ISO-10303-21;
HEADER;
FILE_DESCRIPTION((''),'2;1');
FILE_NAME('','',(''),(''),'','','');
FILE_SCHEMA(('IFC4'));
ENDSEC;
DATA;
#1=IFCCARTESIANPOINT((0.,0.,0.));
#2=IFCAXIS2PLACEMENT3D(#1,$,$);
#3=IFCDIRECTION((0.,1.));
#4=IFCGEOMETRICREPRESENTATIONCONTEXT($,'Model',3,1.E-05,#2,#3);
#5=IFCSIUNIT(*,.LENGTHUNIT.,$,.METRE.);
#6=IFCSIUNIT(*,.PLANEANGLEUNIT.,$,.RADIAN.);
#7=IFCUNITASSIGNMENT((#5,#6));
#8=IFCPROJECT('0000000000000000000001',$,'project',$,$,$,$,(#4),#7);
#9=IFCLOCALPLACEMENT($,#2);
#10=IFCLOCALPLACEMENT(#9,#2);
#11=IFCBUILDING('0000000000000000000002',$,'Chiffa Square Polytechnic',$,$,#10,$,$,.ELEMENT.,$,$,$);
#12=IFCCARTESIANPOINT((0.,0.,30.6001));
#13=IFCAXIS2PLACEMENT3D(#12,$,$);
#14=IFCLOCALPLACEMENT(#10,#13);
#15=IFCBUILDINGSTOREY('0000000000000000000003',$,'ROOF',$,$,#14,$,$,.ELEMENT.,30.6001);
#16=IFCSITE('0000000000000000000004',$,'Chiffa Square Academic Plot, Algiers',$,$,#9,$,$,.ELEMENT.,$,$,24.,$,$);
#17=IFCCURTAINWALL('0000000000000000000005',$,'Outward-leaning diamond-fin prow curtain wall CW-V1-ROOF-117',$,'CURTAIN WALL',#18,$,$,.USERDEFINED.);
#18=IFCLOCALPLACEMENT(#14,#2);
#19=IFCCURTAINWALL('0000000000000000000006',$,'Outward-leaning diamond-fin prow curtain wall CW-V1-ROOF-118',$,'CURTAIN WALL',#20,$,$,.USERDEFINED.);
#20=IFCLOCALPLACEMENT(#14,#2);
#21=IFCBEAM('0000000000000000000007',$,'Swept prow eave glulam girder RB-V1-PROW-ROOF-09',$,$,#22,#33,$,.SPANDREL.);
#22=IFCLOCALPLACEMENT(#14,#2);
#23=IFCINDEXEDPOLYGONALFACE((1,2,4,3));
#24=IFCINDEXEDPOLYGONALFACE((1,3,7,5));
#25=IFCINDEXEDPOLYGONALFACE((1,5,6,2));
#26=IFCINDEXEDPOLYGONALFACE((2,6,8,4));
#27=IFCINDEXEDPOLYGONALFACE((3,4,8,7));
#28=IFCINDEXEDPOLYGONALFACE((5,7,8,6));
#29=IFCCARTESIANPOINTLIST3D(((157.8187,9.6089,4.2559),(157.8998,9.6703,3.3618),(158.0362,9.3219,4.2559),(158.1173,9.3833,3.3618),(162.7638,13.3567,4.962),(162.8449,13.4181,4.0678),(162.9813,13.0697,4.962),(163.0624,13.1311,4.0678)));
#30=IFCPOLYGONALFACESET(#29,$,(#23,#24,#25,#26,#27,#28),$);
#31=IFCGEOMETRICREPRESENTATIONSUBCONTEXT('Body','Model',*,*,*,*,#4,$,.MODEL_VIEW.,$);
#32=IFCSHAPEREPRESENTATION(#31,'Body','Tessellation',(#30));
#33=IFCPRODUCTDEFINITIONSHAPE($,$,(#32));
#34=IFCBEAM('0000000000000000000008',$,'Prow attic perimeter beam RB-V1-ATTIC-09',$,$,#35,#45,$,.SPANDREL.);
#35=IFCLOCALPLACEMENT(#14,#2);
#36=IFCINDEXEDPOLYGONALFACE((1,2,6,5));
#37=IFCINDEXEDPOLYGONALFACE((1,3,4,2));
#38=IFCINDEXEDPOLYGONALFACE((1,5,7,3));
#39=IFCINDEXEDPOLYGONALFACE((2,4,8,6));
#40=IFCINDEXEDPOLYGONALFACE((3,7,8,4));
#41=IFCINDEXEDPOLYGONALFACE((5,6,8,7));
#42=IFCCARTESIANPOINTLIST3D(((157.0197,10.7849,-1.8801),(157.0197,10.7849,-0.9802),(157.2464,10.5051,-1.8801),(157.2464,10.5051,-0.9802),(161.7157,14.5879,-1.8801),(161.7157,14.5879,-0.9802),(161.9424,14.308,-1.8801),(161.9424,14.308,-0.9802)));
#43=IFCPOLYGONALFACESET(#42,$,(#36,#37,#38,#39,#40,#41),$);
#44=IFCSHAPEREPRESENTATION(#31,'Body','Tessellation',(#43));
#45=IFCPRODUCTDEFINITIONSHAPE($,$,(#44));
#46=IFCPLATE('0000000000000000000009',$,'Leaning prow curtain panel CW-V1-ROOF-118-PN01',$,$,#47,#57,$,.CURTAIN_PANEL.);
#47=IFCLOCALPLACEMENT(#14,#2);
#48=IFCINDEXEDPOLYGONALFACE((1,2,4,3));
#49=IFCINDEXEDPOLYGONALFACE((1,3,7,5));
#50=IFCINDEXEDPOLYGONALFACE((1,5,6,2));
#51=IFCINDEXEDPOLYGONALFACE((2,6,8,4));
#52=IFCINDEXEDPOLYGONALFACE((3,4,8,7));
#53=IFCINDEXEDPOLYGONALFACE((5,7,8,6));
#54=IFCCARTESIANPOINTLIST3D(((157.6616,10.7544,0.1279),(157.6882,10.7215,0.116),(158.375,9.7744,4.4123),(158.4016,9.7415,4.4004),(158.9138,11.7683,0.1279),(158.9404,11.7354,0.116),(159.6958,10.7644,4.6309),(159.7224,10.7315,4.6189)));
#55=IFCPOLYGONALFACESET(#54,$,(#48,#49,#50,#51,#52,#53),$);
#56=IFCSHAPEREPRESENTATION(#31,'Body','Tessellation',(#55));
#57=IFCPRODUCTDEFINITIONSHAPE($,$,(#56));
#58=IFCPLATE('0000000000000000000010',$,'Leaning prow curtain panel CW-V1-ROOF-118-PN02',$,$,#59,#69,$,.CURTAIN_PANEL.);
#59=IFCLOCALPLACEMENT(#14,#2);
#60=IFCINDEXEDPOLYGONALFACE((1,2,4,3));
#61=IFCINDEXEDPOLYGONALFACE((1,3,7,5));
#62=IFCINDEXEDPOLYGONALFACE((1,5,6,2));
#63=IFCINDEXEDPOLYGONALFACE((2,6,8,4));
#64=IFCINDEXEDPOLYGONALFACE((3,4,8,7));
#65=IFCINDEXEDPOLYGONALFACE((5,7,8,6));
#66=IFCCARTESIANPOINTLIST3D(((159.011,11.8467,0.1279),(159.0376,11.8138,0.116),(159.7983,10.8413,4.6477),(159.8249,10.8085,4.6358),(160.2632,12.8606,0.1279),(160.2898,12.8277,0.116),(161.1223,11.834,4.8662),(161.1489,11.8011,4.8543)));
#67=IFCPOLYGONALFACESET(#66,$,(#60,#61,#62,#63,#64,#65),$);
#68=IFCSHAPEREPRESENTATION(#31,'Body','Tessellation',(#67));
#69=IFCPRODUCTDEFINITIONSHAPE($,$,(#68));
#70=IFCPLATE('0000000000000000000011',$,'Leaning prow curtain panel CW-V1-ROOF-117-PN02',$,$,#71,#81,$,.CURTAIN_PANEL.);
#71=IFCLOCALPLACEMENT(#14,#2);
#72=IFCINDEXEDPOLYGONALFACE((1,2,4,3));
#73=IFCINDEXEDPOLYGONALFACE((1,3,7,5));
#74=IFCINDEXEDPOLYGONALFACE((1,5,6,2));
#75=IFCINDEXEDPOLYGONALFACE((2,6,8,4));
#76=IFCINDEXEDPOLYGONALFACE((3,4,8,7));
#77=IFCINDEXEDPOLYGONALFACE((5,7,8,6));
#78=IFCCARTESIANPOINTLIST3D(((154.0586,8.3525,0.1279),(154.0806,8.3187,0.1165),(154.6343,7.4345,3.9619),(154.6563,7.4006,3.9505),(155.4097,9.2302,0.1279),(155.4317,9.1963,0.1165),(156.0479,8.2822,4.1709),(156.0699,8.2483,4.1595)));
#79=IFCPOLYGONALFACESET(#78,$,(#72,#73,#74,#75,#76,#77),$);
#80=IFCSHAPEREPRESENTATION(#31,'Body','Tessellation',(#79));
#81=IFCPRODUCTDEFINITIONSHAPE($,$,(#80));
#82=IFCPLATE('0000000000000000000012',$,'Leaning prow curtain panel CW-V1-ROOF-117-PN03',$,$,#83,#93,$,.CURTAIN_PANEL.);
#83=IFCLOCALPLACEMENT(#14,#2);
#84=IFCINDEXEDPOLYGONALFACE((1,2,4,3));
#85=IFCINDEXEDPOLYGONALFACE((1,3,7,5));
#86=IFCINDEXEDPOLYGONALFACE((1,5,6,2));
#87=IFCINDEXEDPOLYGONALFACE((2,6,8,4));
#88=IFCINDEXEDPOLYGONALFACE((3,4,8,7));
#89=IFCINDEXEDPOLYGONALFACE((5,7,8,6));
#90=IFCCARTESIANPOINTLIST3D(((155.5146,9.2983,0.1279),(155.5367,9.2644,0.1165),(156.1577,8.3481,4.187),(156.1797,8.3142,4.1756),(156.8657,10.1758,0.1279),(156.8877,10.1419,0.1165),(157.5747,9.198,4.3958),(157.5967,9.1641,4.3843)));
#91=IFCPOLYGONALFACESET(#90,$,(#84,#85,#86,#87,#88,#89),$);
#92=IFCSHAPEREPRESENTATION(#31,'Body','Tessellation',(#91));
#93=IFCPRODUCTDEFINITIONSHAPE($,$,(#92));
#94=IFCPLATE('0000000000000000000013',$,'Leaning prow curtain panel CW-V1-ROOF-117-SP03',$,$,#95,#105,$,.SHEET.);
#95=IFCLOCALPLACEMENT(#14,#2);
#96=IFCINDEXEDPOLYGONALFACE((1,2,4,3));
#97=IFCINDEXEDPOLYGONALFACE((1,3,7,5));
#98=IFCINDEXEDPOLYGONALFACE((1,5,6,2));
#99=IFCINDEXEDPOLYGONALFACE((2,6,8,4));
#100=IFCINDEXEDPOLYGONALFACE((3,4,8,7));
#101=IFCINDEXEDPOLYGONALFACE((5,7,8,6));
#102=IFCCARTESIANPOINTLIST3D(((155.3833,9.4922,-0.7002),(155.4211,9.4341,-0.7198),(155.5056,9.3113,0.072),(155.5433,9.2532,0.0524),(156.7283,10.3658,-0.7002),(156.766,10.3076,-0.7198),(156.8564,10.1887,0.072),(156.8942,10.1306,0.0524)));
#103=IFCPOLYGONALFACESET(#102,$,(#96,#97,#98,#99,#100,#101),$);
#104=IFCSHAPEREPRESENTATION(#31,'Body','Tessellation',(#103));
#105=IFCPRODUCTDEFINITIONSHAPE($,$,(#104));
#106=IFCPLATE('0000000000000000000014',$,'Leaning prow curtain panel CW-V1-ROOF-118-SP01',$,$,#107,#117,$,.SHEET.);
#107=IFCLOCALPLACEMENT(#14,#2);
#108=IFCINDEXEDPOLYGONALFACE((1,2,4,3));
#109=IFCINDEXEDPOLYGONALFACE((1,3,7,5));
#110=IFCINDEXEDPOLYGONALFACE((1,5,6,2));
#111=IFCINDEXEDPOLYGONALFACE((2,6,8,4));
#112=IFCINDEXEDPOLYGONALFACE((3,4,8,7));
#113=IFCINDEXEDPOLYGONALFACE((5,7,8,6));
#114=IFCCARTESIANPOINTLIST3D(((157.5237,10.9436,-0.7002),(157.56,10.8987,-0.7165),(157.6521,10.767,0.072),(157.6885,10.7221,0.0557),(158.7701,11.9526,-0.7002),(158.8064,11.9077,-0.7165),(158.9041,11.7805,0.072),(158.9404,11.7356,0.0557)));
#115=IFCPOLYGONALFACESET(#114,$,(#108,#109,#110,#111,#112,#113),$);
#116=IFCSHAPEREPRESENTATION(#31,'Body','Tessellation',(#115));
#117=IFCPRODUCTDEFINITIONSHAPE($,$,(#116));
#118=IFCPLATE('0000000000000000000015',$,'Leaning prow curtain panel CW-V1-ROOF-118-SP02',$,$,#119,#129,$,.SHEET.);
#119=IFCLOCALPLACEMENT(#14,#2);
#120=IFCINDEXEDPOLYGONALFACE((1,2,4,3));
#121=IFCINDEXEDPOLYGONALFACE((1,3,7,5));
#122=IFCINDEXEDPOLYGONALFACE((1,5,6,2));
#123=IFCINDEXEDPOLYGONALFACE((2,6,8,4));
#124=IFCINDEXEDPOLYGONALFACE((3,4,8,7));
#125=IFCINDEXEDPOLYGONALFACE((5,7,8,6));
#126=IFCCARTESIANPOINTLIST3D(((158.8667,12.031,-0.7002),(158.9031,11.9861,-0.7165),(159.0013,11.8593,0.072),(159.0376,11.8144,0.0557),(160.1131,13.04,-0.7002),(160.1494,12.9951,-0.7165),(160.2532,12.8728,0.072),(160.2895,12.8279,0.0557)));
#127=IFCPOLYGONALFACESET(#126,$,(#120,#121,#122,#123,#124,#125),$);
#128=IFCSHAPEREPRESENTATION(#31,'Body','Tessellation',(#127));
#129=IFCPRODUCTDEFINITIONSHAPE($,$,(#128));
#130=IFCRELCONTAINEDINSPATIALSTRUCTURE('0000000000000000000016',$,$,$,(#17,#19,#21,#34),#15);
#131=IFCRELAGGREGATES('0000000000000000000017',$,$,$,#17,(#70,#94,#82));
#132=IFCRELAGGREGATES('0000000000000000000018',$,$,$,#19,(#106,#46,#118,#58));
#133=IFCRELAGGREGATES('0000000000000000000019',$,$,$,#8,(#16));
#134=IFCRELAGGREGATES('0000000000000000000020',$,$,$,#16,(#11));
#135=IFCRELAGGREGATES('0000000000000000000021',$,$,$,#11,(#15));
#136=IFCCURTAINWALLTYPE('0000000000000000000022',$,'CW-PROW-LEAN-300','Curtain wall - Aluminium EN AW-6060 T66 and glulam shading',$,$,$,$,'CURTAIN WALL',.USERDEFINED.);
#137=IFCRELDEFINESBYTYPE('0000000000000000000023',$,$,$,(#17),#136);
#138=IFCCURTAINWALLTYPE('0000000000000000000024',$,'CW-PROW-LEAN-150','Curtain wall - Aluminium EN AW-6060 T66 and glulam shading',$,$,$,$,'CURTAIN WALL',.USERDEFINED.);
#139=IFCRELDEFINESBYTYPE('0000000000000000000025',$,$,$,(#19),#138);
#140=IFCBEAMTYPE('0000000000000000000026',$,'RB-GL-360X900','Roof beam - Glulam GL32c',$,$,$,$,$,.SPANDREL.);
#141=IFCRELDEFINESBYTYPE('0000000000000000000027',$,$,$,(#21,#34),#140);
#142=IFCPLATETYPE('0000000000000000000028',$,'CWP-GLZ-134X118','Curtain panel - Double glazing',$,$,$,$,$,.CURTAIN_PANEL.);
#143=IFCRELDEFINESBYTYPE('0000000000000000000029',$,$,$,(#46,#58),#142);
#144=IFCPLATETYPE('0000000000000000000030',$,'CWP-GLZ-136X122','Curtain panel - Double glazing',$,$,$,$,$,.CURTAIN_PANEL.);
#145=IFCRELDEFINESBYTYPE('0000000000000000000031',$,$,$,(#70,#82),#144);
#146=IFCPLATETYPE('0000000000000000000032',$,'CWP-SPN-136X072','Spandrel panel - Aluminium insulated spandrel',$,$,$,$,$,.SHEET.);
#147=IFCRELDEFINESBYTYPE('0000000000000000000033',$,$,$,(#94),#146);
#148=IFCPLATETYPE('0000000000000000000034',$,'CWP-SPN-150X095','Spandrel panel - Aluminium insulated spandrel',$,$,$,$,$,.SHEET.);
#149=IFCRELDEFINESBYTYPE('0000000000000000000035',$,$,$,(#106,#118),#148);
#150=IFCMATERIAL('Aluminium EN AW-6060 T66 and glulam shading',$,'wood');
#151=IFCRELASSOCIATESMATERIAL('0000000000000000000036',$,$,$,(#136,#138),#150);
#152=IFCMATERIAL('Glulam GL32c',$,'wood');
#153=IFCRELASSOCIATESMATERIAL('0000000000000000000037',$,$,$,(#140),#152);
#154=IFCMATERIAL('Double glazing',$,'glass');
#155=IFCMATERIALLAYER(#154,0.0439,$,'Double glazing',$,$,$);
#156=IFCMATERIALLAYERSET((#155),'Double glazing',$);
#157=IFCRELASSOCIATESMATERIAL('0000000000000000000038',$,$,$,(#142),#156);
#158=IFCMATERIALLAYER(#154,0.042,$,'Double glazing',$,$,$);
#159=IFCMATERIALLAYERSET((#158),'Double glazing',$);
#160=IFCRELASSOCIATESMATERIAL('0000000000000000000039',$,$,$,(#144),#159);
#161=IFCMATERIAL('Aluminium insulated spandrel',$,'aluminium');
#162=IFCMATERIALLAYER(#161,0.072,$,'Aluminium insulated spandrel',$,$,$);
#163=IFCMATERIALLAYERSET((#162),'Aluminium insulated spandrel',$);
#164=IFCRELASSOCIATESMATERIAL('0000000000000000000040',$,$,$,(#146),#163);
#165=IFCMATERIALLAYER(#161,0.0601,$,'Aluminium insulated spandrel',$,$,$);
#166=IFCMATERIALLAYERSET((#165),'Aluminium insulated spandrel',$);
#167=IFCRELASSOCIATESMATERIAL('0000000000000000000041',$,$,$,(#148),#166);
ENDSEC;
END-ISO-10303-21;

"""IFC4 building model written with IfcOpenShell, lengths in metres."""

from ifc_helpers import new_model, si_unit, direction, frame, origin, origin_2d, place, context, subcontext, project, spatial, polyline, rectangle, outline, extrude, material, layer, layer_set, material_profile, profile_set, type_object, element, aggregate, save


model = new_model("IFC4")

# Units and contexts
model_context = context("Model", 3, precision=1e-05, world=origin(), true_north=direction((0.0, 1.0)))
body_context = subcontext(model_context, "Body", "Model", "MODEL_VIEW")
ifc_project = project(units=[si_unit("LENGTHUNIT", "METRE"), si_unit("PLANEANGLEUNIT", "RADIAN")], contexts=[model_context])

# Site, building, storey
site_placement = place(None, origin())
site = spatial("IfcSite", under=ifc_project, at=site_placement, Name="Chiffa Square Academic Plot, Algiers", CompositionType="ELEMENT", RefElevation=24.0)
building_placement = place(site_placement, origin())
building = spatial("IfcBuilding", under=site, at=building_placement, Name="Chiffa Square Polytechnic", CompositionType="ELEMENT")
storey_placement = place(building_placement, frame((0.0, 0.0, 30.6001)))
storey = spatial("IfcBuildingStorey", under=building, at=storey_placement, Name="ROOF", CompositionType="ELEMENT", Elevation=30.6001)

# Shared definitions
ifc_material_1 = material(Name="Glulam GL32c", Category="wood")

# Curtain walls
ifc_material_2 = material(Name="Aluminium EN AW-6060 T66 and glulam shading", Category="wood")
curtain_wall_type_1 = type_object("IfcCurtainWallType", Name="CW-PROW-LEAN-300", Description="Curtain wall - Aluminium EN AW-6060 T66 and glulam shading", ElementType="CURTAIN WALL", PredefinedType="USERDEFINED", material=ifc_material_2)
curtain_wall_1_placement = place(storey_placement, origin())
curtain_wall_1 = element("IfcCurtainWall", 1, at=curtain_wall_1_placement, inside=storey, type_object=curtain_wall_type_1, Name="Outward-leaning diamond-fin prow curtain wall CW-V1-ROOF-117", ObjectType="CURTAIN WALL", PredefinedType="USERDEFINED")
curtain_wall_type_2 = type_object("IfcCurtainWallType", Name="CW-PROW-LEAN-150", Description="Curtain wall - Aluminium EN AW-6060 T66 and glulam shading", ElementType="CURTAIN WALL", PredefinedType="USERDEFINED", material=ifc_material_2)
curtain_wall_2_placement = place(storey_placement, origin())
curtain_wall_2 = element("IfcCurtainWall", 2, at=curtain_wall_2_placement, inside=storey, type_object=curtain_wall_type_2, Name="Outward-leaning diamond-fin prow curtain wall CW-V1-ROOF-118", ObjectType="CURTAIN WALL", PredefinedType="USERDEFINED")

# Beams
ifc_material_profile_1 = material_profile(ifc_material_1, rectangle(XDim=0.3601, YDim=0.8999, at=origin_2d()), Name="GL32c 360x900")
ifc_profile_set_1 = profile_set([ifc_material_profile_1], Name="Glulam GL32c")
beam_type_1 = type_object("IfcBeamType", Name="RB-GL-360X900", Description="Roof beam - Glulam GL32c", PredefinedType="SPANDREL", material=ifc_profile_set_1)
beam_1_placement = place(storey_placement, frame((157.968, 9.4961, 3.8088), z_axis=(0.791863, 0.600142, 0.113062), x_axis=(-0.604015, 0.796973, 0.0)))
element("IfcBeam", 3, at=beam_1_placement, inside=storey, type_object=beam_type_1, Name="Swept prow eave glulam girder RB-V1-PROW-ROOF-09", PredefinedType="SPANDREL", context=body_context, shape_type="SweptSolid", body=[
    extrude(rectangle(XDim=0.3601, YDim=0.8999, at=origin_2d()), origin(), (0.0, 0.0, 1.0), 6.2449),
])
beam_2_placement = place(storey_placement, frame((157.1331, 10.645, -1.4302), z_axis=(0.77713, 0.62934, 0.0), x_axis=(-0.62934, 0.77713, 0.0)))
element("IfcBeam", 4, at=beam_2_placement, inside=storey, type_object=beam_type_1, Name="Prow attic perimeter beam RB-V1-ATTIC-09", PredefinedType="SPANDREL", context=body_context, shape_type="SweptSolid", body=[
    extrude(rectangle(XDim=0.3601, YDim=0.8999, at=origin_2d()), origin(), (0.0, 0.0, 1.0), 6.0427),
])

# Plates
ifc_material_3 = material(Name="Double glazing", Category="glass")
ifc_layer_1 = layer(ifc_material_3, 0.0439, Name="Double glazing")
ifc_layer_set_1 = layer_set([ifc_layer_1], Name="Double glazing")
plate_type_1 = type_object("IfcPlateType", Name="CWP-GLZ-134X118", Description="Curtain panel - Double glazing", PredefinedType="CURTAIN_PANEL", material=ifc_layer_set_1)
plate_1_placement = place(storey_placement, frame((157.6616, 10.7544, 0.1279), z_axis=(-0.605571, 0.747899, 0.271902), x_axis=(0.777179, 0.629279, -0.000002)))
plate_1 = element("IfcPlate", 5, at=plate_1_placement, type_object=plate_type_1, Name="Leaning prow curtain panel CW-V1-ROOF-118-PN01", PredefinedType="CURTAIN_PANEL", context=body_context, shape_type="SweptSolid", body=[
    extrude(outline(polyline([(0.0, 0.0), (1.6112, 0.0), (1.5872, -4.6792), (-0.0623, -4.4522), (0.0, 0.0)])), origin(), (0.0, 0.0, -1.0), 0.0439),
])
plate_2_placement = place(storey_placement, frame((159.011, 11.8467, 0.1279), z_axis=(-0.605597, 0.747896, 0.271852), x_axis=(0.777165, 0.629296, 0.000004)))
plate_2 = element("IfcPlate", 6, at=plate_2_placement, type_object=plate_type_1, Name="Leaning prow curtain panel CW-V1-ROOF-118-PN02", PredefinedType="CURTAIN_PANEL", context=body_context, shape_type="SweptSolid", body=[
    extrude(outline(polyline([(0.0, 0.0), (1.6112, 0.0), (1.6329, -4.9237), (-0.0208, -4.6967), (0.0, 0.0)])), origin(), (0.0, 0.0, -1.0), 0.0439),
])
ifc_layer_2 = layer(ifc_material_3, 0.042, Name="Double glazing")
ifc_layer_set_2 = layer_set([ifc_layer_2], Name="Double glazing")
plate_type_2 = type_object("IfcPlateType", Name="CWP-GLZ-136X122", Description="Curtain panel - Double glazing", PredefinedType="CURTAIN_PANEL", material=ifc_layer_set_2)
plate_3_placement = place(storey_placement, frame((154.0586, 8.3525, 0.1279), z_axis=(-0.524191, 0.807011, 0.271952), x_axis=(0.838615, 0.544724, -0.000014)))
plate_3 = element("IfcPlate", 7, at=plate_3_placement, type_object=plate_type_2, Name="Leaning prow curtain panel CW-V1-ROOF-117-PN02", PredefinedType="CURTAIN_PANEL", context=body_context, shape_type="SweptSolid", body=[
    extrude(outline(polyline([(0.0, 0.0), (1.6111, 0.0), (1.6299, -4.2013), (-0.0173, -3.9841), (0.0, 0.0)])), origin(), (0.0, 0.0, -1.0), 0.042),
])
plate_4_placement = place(storey_placement, frame((155.5146, 9.2983, 0.1279), z_axis=(-0.524117, 0.807054, 0.271964), x_axis=(0.838665, 0.544647, -0.000004)))
plate_4 = element("IfcPlate", 8, at=plate_4_placement, type_object=plate_type_2, Name="Leaning prow curtain panel CW-V1-ROOF-117-PN03", PredefinedType="CURTAIN_PANEL", context=body_context, shape_type="SweptSolid", body=[
    extrude(outline(polyline([(0.0, 0.0), (1.611, 0.0), (1.673, -4.435), (0.0218, -4.2181), (0.0, 0.0)])), origin(), (0.0, 0.0, -1.0), 0.042),
])
ifc_material_4 = material(Name="Aluminium insulated spandrel", Category="aluminium")
ifc_layer_3 = layer(ifc_material_4, 0.072, Name="Aluminium insulated spandrel")
ifc_layer_set_3 = layer_set([ifc_layer_3], Name="Aluminium insulated spandrel")
plate_type_3 = type_object("IfcPlateType", Name="CWP-SPN-136X072", Description="Spandrel panel - Aluminium insulated spandrel", PredefinedType="SHEET", material=ifc_layer_set_3)
plate_5_placement = place(storey_placement, frame((155.3833, 9.4922, -0.7002), z_axis=(-0.524164, 0.807002, 0.272029), x_axis=(0.838629, 0.544704, 0.000007)))
plate_5 = element("IfcPlate", 9, at=plate_5_placement, type_object=plate_type_3, Name="Leaning prow curtain panel CW-V1-ROOF-117-SP03", PredefinedType="SHEET", context=body_context, shape_type="SweptSolid", body=[
    extrude(outline(polyline([(0.0, 0.0), (1.6037, 0.0), (1.6148, -0.8025), (0.004, -0.8025), (0.0, 0.0)])), origin(), (0.0, 0.0, -1.0), 0.072),
])
aggregate(curtain_wall_1, [plate_3, plate_5, plate_4])
ifc_layer_4 = layer(ifc_material_4, 0.0601, Name="Aluminium insulated spandrel")
ifc_layer_set_4 = layer_set([ifc_layer_4], Name="Aluminium insulated spandrel")
plate_type_4 = type_object("IfcPlateType", Name="CWP-SPN-150X095", Description="Spandrel panel - Aluminium insulated spandrel", PredefinedType="SHEET", material=ifc_layer_set_4)
plate_6_placement = place(storey_placement, frame((157.5237, 10.9436, -0.7002), z_axis=(-0.605527, 0.747991, 0.271747), x_axis=(0.777238, 0.629207, -0.00001)))
plate_6 = element("IfcPlate", 10, at=plate_6_placement, type_object=plate_type_4, Name="Leaning prow curtain panel CW-V1-ROOF-118-SP01", PredefinedType="SHEET", context=body_context, shape_type="SweptSolid", body=[
    extrude(outline(polyline([(0.0, 0.0), (1.6036, 0.0), (1.5995, -0.8024), (-0.0113, -0.8024), (0.0, 0.0)])), origin(), (0.0, 0.0, -1.0), 0.0601),
])
plate_7_placement = place(storey_placement, frame((158.8667, 12.031, -0.7002), z_axis=(-0.605518, 0.74798, 0.271799), x_axis=(0.777238, 0.629207, -0.00001)))
plate_7 = element("IfcPlate", 11, at=plate_7_placement, type_object=plate_type_4, Name="Leaning prow curtain panel CW-V1-ROOF-118-SP02", PredefinedType="SHEET", context=body_context, shape_type="SweptSolid", body=[
    extrude(outline(polyline([(0.0, 0.0), (1.6036, 0.0), (1.6073, -0.8024), (-0.0034, -0.8024), (0.0, 0.0)])), origin(), (0.0, 0.0, -1.0), 0.0601),
])
aggregate(curtain_wall_2, [plate_6, plate_1, plate_7, plate_2])

save(model, "model.ifc")
